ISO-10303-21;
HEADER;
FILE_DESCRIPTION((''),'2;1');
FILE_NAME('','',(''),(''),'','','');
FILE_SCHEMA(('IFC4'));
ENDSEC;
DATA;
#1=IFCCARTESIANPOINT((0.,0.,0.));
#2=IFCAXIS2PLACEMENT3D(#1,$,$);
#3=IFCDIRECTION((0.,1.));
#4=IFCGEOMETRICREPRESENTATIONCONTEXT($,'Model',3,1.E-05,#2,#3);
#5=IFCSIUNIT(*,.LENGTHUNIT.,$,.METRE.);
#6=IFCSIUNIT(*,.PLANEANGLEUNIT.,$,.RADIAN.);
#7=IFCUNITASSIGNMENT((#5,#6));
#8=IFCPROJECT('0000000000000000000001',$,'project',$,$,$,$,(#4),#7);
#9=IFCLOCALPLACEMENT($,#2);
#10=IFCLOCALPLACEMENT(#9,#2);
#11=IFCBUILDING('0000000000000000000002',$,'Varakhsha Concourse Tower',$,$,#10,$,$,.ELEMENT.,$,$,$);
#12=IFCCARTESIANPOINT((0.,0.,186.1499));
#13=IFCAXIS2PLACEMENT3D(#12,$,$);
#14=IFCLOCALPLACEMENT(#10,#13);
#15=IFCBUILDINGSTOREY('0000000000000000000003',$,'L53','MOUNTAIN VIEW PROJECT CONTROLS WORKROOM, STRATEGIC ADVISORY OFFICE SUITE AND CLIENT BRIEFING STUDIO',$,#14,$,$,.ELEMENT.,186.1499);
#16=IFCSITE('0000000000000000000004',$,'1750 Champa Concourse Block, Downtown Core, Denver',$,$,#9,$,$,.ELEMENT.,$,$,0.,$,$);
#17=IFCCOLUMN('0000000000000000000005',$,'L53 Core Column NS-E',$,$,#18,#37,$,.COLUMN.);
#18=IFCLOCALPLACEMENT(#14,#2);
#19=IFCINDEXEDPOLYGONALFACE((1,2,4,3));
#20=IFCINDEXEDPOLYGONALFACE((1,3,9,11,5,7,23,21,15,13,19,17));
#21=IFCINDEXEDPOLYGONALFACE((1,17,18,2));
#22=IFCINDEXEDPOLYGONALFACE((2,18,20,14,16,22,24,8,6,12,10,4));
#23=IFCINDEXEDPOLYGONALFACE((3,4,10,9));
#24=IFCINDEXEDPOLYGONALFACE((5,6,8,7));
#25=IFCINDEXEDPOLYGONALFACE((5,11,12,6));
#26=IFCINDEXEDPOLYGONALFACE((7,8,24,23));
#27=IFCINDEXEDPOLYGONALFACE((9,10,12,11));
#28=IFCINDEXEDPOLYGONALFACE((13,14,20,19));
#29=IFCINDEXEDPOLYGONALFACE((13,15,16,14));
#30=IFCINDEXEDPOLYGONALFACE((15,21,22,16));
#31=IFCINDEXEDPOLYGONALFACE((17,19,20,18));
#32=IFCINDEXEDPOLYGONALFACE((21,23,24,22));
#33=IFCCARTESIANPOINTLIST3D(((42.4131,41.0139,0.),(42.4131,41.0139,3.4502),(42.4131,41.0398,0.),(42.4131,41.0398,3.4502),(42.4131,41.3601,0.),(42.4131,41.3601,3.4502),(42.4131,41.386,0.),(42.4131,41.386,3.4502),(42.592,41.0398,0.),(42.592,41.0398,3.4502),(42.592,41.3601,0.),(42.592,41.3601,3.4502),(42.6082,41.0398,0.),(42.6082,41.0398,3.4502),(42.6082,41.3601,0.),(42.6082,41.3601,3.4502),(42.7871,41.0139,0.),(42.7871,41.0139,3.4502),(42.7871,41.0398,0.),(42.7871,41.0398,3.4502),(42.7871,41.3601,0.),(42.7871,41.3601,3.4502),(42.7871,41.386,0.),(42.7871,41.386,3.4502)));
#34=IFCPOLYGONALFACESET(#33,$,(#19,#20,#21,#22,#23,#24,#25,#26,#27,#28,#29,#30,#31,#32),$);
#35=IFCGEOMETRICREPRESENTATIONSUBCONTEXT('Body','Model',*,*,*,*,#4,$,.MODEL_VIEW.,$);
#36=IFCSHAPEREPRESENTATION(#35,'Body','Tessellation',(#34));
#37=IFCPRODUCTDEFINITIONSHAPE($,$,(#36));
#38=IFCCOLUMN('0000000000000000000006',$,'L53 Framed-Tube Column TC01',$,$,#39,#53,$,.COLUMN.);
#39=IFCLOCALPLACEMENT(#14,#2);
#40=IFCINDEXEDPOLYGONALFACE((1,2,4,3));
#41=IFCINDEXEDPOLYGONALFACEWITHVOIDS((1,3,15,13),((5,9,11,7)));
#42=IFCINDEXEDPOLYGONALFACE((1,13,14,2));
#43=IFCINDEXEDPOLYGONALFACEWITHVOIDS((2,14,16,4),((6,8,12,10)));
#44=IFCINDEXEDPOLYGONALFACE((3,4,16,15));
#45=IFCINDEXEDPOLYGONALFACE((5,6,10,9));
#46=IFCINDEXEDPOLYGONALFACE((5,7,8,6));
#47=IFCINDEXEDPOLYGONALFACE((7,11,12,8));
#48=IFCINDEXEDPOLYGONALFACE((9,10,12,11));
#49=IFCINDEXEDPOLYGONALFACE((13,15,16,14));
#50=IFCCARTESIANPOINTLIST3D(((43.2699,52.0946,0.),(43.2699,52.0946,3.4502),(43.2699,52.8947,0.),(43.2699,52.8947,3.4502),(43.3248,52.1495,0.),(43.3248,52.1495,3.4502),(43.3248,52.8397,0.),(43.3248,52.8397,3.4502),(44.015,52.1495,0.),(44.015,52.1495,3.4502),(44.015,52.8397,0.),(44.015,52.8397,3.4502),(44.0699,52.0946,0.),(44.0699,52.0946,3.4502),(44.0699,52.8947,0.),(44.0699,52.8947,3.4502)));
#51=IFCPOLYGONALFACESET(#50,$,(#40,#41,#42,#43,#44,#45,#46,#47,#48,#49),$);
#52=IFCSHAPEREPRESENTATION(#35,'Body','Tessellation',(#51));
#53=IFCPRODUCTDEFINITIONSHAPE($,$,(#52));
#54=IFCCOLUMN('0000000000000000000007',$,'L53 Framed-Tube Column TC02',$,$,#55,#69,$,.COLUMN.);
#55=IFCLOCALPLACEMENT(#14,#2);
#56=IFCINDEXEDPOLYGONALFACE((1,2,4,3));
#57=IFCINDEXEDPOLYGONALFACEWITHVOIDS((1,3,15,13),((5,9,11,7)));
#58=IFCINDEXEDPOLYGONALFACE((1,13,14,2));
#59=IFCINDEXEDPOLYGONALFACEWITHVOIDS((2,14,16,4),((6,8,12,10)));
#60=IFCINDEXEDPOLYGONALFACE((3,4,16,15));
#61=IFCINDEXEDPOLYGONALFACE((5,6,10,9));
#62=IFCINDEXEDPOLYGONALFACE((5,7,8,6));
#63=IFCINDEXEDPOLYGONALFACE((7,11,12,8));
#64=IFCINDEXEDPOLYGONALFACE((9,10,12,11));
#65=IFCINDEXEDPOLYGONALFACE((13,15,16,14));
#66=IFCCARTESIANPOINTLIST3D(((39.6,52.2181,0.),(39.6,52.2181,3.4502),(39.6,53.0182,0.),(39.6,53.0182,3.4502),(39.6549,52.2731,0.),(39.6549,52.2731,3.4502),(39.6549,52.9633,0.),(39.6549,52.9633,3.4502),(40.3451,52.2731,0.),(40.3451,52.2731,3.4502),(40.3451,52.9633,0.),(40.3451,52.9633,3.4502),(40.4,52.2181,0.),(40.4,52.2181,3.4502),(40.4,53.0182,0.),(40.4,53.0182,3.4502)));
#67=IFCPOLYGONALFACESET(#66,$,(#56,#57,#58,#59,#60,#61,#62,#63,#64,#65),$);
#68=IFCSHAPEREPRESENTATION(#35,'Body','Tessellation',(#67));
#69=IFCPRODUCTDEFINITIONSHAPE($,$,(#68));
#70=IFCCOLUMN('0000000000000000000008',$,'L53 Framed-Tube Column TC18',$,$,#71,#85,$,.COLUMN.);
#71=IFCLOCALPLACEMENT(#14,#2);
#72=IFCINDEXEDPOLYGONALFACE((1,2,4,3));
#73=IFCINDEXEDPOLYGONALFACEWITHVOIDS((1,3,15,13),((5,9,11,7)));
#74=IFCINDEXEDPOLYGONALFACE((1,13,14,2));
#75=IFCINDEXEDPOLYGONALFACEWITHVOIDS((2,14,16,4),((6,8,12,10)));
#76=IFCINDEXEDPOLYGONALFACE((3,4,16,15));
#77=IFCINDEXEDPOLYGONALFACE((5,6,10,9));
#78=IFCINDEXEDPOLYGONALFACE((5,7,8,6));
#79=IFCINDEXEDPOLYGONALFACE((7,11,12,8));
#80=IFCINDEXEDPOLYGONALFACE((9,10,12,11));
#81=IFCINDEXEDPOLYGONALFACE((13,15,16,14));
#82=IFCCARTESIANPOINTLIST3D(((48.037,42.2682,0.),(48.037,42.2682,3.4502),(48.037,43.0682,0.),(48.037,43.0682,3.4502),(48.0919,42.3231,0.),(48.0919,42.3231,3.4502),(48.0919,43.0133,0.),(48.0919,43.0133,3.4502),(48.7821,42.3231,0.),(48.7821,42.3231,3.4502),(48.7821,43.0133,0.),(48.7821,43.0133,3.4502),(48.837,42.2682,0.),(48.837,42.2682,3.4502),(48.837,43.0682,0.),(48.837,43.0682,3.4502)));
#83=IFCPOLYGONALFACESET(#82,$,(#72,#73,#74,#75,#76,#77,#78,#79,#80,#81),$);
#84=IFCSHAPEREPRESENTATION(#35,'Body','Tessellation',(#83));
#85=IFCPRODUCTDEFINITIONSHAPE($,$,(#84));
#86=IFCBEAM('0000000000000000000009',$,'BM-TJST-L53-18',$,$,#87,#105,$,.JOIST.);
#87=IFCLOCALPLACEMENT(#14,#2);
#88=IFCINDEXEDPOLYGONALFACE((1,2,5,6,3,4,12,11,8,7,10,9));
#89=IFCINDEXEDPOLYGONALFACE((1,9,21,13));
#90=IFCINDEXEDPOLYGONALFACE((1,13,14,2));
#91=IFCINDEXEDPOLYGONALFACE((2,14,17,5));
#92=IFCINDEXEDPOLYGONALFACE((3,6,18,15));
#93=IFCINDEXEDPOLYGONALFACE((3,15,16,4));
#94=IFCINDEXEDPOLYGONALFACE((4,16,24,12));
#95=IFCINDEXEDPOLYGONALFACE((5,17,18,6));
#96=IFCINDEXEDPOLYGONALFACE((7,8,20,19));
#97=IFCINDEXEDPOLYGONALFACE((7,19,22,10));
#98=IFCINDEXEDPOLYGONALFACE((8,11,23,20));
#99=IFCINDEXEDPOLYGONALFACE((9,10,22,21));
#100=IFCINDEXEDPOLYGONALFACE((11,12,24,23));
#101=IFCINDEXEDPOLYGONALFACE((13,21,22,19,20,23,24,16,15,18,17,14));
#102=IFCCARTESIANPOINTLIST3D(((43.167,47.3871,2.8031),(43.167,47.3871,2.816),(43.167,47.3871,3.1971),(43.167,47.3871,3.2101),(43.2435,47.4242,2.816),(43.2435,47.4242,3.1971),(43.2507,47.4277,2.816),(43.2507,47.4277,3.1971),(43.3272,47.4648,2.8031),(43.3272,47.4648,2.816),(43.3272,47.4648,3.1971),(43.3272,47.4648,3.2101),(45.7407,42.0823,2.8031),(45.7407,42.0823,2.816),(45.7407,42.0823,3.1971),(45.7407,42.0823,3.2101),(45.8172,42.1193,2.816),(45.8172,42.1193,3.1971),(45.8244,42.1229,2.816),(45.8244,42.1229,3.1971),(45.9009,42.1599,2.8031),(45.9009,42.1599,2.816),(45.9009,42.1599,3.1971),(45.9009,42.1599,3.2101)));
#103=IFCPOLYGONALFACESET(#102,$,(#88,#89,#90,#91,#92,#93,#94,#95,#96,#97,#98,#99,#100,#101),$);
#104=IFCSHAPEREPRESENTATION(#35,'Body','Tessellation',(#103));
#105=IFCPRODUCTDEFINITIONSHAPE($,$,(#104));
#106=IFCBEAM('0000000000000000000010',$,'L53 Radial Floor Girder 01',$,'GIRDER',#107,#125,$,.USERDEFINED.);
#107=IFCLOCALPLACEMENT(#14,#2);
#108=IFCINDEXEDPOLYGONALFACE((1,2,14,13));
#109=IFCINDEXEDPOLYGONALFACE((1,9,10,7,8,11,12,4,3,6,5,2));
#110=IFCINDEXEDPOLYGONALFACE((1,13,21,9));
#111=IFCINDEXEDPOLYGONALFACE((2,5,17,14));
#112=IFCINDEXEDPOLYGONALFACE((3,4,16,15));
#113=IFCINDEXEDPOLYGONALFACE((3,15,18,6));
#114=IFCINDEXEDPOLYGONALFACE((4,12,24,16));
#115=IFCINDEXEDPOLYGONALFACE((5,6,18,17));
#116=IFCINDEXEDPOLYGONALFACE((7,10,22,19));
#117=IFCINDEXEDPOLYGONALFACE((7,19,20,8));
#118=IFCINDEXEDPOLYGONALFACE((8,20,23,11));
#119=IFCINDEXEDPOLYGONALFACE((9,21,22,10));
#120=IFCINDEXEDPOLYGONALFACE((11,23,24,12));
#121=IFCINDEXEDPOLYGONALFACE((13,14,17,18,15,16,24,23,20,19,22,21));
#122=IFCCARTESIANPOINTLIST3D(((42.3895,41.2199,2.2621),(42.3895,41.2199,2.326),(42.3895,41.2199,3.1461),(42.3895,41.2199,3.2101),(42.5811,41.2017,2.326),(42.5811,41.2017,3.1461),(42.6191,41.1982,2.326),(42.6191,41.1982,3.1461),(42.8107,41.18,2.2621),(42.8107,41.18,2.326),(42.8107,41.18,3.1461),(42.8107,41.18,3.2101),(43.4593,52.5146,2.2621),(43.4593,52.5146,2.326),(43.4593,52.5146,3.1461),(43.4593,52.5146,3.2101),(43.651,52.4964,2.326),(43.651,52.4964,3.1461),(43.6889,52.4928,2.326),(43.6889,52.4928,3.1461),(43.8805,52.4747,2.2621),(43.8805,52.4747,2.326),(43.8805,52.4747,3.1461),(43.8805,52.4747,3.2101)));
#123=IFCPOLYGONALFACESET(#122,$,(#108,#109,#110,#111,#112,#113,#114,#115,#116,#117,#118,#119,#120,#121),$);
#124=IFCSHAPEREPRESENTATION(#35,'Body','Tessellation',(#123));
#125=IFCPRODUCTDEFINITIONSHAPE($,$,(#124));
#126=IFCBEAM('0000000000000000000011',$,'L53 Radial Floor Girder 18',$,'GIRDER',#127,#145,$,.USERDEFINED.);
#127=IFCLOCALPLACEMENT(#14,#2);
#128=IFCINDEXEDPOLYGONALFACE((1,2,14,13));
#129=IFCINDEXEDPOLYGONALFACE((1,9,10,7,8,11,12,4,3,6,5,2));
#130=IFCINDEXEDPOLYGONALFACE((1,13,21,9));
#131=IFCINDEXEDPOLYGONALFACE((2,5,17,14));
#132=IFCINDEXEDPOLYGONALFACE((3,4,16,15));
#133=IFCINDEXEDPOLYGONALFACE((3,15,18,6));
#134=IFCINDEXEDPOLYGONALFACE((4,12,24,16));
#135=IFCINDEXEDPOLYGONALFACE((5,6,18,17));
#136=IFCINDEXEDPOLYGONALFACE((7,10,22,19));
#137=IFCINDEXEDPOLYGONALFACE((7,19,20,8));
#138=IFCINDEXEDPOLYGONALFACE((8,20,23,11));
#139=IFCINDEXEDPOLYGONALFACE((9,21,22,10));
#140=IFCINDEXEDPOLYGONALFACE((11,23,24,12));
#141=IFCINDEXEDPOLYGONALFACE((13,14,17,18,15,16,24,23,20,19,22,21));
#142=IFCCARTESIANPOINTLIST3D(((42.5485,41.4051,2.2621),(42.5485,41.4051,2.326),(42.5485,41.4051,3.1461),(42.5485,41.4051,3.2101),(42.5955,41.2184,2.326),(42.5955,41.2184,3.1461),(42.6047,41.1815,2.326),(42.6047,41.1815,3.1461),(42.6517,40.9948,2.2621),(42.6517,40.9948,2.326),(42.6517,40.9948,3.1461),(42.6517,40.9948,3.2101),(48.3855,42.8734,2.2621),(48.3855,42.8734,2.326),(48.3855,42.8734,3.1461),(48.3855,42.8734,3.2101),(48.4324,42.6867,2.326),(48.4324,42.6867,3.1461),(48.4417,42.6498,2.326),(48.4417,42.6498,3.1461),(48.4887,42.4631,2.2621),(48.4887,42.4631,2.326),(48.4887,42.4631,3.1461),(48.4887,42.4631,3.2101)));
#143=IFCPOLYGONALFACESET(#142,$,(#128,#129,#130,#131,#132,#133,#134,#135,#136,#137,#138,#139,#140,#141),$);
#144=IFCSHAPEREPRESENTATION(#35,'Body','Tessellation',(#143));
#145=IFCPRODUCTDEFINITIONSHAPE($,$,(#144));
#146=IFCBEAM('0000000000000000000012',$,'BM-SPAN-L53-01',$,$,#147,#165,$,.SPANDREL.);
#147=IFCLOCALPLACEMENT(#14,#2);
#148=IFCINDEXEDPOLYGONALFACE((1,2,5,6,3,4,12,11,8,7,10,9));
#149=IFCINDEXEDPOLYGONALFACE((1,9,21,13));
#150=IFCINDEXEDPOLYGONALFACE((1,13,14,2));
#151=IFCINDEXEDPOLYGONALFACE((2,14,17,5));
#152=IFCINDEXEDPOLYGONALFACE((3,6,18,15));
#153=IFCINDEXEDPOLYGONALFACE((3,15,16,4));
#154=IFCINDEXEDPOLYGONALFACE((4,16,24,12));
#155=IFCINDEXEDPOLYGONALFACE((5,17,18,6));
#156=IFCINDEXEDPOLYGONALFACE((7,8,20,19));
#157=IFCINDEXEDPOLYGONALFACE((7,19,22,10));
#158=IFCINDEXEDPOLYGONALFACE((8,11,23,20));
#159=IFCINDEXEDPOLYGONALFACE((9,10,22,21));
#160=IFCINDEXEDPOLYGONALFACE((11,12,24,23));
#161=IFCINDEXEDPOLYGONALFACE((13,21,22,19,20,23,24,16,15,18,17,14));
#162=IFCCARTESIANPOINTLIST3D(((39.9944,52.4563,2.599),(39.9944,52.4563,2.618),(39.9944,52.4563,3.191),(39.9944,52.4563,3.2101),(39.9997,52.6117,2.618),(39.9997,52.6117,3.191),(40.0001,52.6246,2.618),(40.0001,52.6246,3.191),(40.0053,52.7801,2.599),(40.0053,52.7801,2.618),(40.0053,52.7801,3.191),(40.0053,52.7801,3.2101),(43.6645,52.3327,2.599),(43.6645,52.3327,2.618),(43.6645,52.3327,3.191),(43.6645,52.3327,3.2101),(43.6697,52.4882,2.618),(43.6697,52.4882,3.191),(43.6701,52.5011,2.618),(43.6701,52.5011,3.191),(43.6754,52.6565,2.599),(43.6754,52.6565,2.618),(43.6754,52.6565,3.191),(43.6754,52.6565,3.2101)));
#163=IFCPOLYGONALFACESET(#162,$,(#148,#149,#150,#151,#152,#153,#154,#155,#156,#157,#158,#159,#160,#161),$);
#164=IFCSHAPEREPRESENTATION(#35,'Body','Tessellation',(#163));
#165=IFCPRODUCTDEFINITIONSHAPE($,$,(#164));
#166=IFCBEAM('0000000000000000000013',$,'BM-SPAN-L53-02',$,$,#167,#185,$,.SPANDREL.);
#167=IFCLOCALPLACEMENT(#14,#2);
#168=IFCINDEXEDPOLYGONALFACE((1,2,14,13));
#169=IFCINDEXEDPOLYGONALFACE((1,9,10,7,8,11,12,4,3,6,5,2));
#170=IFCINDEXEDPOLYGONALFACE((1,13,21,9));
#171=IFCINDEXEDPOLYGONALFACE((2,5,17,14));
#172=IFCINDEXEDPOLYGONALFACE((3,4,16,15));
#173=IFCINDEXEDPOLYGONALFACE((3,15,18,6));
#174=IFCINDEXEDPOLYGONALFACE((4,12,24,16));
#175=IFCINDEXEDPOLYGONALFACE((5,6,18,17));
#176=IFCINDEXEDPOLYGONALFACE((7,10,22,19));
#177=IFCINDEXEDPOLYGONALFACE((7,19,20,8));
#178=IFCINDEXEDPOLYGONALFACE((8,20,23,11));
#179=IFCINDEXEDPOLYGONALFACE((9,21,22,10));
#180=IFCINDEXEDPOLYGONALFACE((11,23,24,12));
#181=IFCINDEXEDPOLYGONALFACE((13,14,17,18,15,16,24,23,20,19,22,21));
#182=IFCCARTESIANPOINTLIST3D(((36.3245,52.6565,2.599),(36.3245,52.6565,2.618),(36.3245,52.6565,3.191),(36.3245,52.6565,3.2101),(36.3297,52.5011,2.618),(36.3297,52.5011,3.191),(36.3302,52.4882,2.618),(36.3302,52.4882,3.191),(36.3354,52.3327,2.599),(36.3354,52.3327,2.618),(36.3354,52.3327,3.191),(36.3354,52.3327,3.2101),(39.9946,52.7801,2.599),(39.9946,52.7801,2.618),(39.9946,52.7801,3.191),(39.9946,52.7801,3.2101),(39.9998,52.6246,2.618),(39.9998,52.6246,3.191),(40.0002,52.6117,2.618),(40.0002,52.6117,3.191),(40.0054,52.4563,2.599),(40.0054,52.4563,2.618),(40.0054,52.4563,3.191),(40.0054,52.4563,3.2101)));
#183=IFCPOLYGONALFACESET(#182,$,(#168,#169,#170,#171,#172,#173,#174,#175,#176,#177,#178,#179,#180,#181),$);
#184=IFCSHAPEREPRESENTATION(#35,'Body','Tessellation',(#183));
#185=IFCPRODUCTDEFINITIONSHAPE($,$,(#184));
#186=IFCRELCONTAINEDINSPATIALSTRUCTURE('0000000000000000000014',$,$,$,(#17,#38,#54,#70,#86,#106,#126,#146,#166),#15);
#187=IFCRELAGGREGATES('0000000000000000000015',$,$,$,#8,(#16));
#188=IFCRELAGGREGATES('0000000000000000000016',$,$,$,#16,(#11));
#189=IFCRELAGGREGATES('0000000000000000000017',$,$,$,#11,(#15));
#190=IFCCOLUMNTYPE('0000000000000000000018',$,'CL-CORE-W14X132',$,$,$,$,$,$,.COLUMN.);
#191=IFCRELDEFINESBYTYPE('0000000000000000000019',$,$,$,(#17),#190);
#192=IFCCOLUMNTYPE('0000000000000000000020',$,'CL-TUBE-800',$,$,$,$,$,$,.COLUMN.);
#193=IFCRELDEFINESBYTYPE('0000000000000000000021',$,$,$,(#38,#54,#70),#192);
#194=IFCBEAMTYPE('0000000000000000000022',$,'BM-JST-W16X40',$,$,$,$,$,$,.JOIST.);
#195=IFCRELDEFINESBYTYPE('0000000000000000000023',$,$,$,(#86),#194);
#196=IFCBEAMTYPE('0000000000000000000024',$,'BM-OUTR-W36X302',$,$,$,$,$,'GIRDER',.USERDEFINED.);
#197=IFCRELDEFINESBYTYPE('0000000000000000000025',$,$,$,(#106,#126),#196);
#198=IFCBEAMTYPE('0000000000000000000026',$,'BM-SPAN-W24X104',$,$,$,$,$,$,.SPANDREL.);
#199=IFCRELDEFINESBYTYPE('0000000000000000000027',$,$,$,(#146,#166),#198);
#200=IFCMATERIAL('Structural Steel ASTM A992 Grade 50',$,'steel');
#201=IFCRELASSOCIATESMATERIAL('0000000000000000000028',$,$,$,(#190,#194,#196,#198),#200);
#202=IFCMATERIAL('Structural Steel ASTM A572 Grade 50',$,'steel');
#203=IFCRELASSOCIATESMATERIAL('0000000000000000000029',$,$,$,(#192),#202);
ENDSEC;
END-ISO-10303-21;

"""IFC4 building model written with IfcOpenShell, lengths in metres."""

from ifc_helpers import new_model, si_unit, direction, frame, origin, origin_2d, place, context, subcontext, project, spatial, hollow_rectangle, i_section, extrude, material, material_profile, profile_set, type_object, element, save


model = new_model("IFC4")

# Units and contexts
model_context = context("Model", 3, precision=1e-05, world=origin(), true_north=direction((0.0, 1.0)))
body_context = subcontext(model_context, "Body", "Model", "MODEL_VIEW")
ifc_project = project(units=[si_unit("LENGTHUNIT", "METRE"), si_unit("PLANEANGLEUNIT", "RADIAN")], contexts=[model_context])

# Site, building, storey
site_placement = place(None, origin())
site = spatial("IfcSite", under=ifc_project, at=site_placement, Name="1750 Champa Concourse Block, Downtown Core, Denver", CompositionType="ELEMENT", RefElevation=0.0)
building_placement = place(site_placement, origin())
building = spatial("IfcBuilding", under=site, at=building_placement, Name="Varakhsha Concourse Tower", CompositionType="ELEMENT")
storey_placement = place(building_placement, frame((0.0, 0.0, 186.1499)))
storey = spatial("IfcBuildingStorey", under=building, at=storey_placement, Name="L53", Description="MOUNTAIN VIEW PROJECT CONTROLS WORKROOM, STRATEGIC ADVISORY OFFICE SUITE AND CLIENT BRIEFING STUDIO", CompositionType="ELEMENT", Elevation=186.1499)

# Columns
ifc_material_1 = material(Name="Structural Steel ASTM A992 Grade 50", Category="steel")
ifc_material_profile_1 = material_profile(ifc_material_1, i_section(OverallWidth=0.374, OverallDepth=0.3721, WebThickness=0.0161, FlangeThickness=0.0259, at=origin_2d()), Name="W14X132")
ifc_profile_set_1 = profile_set([ifc_material_profile_1], Name="Structural Steel ASTM A992 Grade 50")
column_type_1 = type_object("IfcColumnType", Name="CL-CORE-W14X132", PredefinedType="COLUMN", material=ifc_profile_set_1)
column_placement = place(storey_placement, frame((42.6001, 41.2, 0.0), z_axis=(0.0, 0.0, 1.0), x_axis=(1.0, 0.0, 0.0)))
element("IfcColumn", 1, at=column_placement, inside=storey, type_object=column_type_1, Name="L53 Core Column NS-E", PredefinedType="COLUMN", context=body_context, shape_type="SweptSolid", body=[
    extrude(i_section(OverallWidth=0.374, OverallDepth=0.3721, WebThickness=0.0161, FlangeThickness=0.0259, at=origin_2d()), origin(), (0.0, 0.0, 1.0), 3.4502),
])
ifc_material_2 = material(Name="Structural Steel ASTM A572 Grade 50", Category="steel")
ifc_material_profile_2 = material_profile(ifc_material_2, hollow_rectangle(XDim=0.8, YDim=0.8, WallThickness=0.0549, at=origin_2d()), Name="BOX 800x800x55")
ifc_profile_set_2 = profile_set([ifc_material_profile_2], Name="Structural Steel ASTM A572 Grade 50")
column_type_2 = type_object("IfcColumnType", Name="CL-TUBE-800", PredefinedType="COLUMN", material=ifc_profile_set_2)
for number, where, z_axis, x_axis, name in (
    (2, (43.6699, 52.4946, 0.0), (0.0, 0.0, 1.0), (1.0, 0.0, 0.0), "L53 Framed-Tube Column TC01"),
    (3, (40.0, 52.6182, 0.0), (0.0, 0.0, 1.0), (1.0, 0.0, 0.0), "L53 Framed-Tube Column TC02"),
    (4, (48.437, 42.6682, 0.0), (0.0, 0.0, 1.0), (1.0, 0.0, 0.0), "L53 Framed-Tube Column TC18"),
):
    element("IfcColumn", number, at=place(storey_placement, frame(where, z_axis=z_axis, x_axis=x_axis)), inside=storey, type_object=column_type_2, Name=name, PredefinedType="COLUMN", context=body_context, shape_type="SweptSolid", body=[
        extrude(hollow_rectangle(XDim=0.8, YDim=0.8, WallThickness=0.0549, at=origin_2d()), origin(), (0.0, 0.0, 1.0), 3.4502),
    ])

# Beams
ifc_material_profile_3 = material_profile(ifc_material_1, i_section(OverallWidth=0.178, OverallDepth=0.407, WebThickness=0.0081, FlangeThickness=0.0129, at=origin_2d()), Name="W16X40")
ifc_profile_set_3 = profile_set([ifc_material_profile_3], Name="Structural Steel ASTM A992 Grade 50")
beam_type_1 = type_object("IfcBeamType", Name="BM-JST-W16X40", PredefinedType="JOIST", material=ifc_profile_set_3)
beam_1_placement = place(storey_placement, frame((45.8208, 42.1211, 3.0066), z_axis=(-0.436499, 0.899705, 0.0), x_axis=(-0.899705, -0.436499, 0.0)))
element("IfcBeam", 5, at=beam_1_placement, inside=storey, type_object=beam_type_1, Name="BM-TJST-L53-18", PredefinedType="JOIST", context=body_context, shape_type="SweptSolid", body=[
    extrude(i_section(OverallWidth=0.178, OverallDepth=0.407, WebThickness=0.0081, FlangeThickness=0.0129, at=origin_2d()), origin(), (0.0, 0.0, 1.0), 5.8962),
])
ifc_material_profile_4 = material_profile(ifc_material_1, i_section(OverallWidth=0.4231, OverallDepth=0.948, WebThickness=0.0381, FlangeThickness=0.064, at=origin_2d()), Name="W36X302")
ifc_profile_set_4 = profile_set([ifc_material_profile_4], Name="Structural Steel ASTM A992 Grade 50")
beam_type_2 = type_object("IfcBeamType", Name="BM-OUTR-W36X302", ElementType="GIRDER", PredefinedType="USERDEFINED", material=ifc_profile_set_4)
beam_2_placement = place(storey_placement, frame((42.6001, 41.2, 2.7361), z_axis=(0.094297, 0.995544, 0.0), x_axis=(-0.995544, 0.094297, 0.0)))
element("IfcBeam", 6, at=beam_2_placement, inside=storey, type_object=beam_type_2, Name="L53 Radial Floor Girder 01", ObjectType="GIRDER", PredefinedType="USERDEFINED", context=body_context, shape_type="SweptSolid", body=[
    extrude(i_section(OverallWidth=0.4231, OverallDepth=0.948, WebThickness=0.0381, FlangeThickness=0.064, at=origin_2d()), origin(), (0.0, 0.0, 1.0), 11.3452),
])
beam_3_placement = place(storey_placement, frame((42.6001, 41.2, 2.7361), z_axis=(0.969788, 0.243948, 0.0), x_axis=(-0.243948, 0.969788, 0.0)))
element("IfcBeam", 7, at=beam_3_placement, inside=storey, type_object=beam_type_2, Name="L53 Radial Floor Girder 18", ObjectType="GIRDER", PredefinedType="USERDEFINED", context=body_context, shape_type="SweptSolid", body=[
    extrude(i_section(OverallWidth=0.4231, OverallDepth=0.948, WebThickness=0.0381, FlangeThickness=0.064, at=origin_2d()), origin(), (0.0, 0.0, 1.0), 6.0188),
])
ifc_material_profile_5 = material_profile(ifc_material_1, i_section(OverallWidth=0.324, OverallDepth=0.6111, WebThickness=0.0129, FlangeThickness=0.019, at=origin_2d()), Name="W24X104")
ifc_profile_set_5 = profile_set([ifc_material_profile_5], Name="Structural Steel ASTM A992 Grade 50")
beam_type_3 = type_object("IfcBeamType", Name="BM-SPAN-W24X104", PredefinedType="SPANDREL", material=ifc_profile_set_5)
for number, where, z_axis, x_axis, name in (
    (8, (43.6699, 52.4946, 2.9045), (-0.999434, 0.033642, 0.0), (-0.033642, -0.999434, 0.0), "BM-SPAN-L53-01"),
    (9, (40.0, 52.6182, 2.9045), (-0.999434, -0.033642, 0.0), (0.033642, -0.999434, 0.0), "BM-SPAN-L53-02"),
):
    element("IfcBeam", number, at=place(storey_placement, frame(where, z_axis=z_axis, x_axis=x_axis)), inside=storey, type_object=beam_type_3, Name=name, PredefinedType="SPANDREL", context=body_context, shape_type="SweptSolid", body=[
        extrude(i_section(OverallWidth=0.324, OverallDepth=0.6111, WebThickness=0.0129, FlangeThickness=0.019, at=origin_2d()), origin(), (0.0, 0.0, 1.0), 3.6721),
    ])

save(model, "model.ifc")
